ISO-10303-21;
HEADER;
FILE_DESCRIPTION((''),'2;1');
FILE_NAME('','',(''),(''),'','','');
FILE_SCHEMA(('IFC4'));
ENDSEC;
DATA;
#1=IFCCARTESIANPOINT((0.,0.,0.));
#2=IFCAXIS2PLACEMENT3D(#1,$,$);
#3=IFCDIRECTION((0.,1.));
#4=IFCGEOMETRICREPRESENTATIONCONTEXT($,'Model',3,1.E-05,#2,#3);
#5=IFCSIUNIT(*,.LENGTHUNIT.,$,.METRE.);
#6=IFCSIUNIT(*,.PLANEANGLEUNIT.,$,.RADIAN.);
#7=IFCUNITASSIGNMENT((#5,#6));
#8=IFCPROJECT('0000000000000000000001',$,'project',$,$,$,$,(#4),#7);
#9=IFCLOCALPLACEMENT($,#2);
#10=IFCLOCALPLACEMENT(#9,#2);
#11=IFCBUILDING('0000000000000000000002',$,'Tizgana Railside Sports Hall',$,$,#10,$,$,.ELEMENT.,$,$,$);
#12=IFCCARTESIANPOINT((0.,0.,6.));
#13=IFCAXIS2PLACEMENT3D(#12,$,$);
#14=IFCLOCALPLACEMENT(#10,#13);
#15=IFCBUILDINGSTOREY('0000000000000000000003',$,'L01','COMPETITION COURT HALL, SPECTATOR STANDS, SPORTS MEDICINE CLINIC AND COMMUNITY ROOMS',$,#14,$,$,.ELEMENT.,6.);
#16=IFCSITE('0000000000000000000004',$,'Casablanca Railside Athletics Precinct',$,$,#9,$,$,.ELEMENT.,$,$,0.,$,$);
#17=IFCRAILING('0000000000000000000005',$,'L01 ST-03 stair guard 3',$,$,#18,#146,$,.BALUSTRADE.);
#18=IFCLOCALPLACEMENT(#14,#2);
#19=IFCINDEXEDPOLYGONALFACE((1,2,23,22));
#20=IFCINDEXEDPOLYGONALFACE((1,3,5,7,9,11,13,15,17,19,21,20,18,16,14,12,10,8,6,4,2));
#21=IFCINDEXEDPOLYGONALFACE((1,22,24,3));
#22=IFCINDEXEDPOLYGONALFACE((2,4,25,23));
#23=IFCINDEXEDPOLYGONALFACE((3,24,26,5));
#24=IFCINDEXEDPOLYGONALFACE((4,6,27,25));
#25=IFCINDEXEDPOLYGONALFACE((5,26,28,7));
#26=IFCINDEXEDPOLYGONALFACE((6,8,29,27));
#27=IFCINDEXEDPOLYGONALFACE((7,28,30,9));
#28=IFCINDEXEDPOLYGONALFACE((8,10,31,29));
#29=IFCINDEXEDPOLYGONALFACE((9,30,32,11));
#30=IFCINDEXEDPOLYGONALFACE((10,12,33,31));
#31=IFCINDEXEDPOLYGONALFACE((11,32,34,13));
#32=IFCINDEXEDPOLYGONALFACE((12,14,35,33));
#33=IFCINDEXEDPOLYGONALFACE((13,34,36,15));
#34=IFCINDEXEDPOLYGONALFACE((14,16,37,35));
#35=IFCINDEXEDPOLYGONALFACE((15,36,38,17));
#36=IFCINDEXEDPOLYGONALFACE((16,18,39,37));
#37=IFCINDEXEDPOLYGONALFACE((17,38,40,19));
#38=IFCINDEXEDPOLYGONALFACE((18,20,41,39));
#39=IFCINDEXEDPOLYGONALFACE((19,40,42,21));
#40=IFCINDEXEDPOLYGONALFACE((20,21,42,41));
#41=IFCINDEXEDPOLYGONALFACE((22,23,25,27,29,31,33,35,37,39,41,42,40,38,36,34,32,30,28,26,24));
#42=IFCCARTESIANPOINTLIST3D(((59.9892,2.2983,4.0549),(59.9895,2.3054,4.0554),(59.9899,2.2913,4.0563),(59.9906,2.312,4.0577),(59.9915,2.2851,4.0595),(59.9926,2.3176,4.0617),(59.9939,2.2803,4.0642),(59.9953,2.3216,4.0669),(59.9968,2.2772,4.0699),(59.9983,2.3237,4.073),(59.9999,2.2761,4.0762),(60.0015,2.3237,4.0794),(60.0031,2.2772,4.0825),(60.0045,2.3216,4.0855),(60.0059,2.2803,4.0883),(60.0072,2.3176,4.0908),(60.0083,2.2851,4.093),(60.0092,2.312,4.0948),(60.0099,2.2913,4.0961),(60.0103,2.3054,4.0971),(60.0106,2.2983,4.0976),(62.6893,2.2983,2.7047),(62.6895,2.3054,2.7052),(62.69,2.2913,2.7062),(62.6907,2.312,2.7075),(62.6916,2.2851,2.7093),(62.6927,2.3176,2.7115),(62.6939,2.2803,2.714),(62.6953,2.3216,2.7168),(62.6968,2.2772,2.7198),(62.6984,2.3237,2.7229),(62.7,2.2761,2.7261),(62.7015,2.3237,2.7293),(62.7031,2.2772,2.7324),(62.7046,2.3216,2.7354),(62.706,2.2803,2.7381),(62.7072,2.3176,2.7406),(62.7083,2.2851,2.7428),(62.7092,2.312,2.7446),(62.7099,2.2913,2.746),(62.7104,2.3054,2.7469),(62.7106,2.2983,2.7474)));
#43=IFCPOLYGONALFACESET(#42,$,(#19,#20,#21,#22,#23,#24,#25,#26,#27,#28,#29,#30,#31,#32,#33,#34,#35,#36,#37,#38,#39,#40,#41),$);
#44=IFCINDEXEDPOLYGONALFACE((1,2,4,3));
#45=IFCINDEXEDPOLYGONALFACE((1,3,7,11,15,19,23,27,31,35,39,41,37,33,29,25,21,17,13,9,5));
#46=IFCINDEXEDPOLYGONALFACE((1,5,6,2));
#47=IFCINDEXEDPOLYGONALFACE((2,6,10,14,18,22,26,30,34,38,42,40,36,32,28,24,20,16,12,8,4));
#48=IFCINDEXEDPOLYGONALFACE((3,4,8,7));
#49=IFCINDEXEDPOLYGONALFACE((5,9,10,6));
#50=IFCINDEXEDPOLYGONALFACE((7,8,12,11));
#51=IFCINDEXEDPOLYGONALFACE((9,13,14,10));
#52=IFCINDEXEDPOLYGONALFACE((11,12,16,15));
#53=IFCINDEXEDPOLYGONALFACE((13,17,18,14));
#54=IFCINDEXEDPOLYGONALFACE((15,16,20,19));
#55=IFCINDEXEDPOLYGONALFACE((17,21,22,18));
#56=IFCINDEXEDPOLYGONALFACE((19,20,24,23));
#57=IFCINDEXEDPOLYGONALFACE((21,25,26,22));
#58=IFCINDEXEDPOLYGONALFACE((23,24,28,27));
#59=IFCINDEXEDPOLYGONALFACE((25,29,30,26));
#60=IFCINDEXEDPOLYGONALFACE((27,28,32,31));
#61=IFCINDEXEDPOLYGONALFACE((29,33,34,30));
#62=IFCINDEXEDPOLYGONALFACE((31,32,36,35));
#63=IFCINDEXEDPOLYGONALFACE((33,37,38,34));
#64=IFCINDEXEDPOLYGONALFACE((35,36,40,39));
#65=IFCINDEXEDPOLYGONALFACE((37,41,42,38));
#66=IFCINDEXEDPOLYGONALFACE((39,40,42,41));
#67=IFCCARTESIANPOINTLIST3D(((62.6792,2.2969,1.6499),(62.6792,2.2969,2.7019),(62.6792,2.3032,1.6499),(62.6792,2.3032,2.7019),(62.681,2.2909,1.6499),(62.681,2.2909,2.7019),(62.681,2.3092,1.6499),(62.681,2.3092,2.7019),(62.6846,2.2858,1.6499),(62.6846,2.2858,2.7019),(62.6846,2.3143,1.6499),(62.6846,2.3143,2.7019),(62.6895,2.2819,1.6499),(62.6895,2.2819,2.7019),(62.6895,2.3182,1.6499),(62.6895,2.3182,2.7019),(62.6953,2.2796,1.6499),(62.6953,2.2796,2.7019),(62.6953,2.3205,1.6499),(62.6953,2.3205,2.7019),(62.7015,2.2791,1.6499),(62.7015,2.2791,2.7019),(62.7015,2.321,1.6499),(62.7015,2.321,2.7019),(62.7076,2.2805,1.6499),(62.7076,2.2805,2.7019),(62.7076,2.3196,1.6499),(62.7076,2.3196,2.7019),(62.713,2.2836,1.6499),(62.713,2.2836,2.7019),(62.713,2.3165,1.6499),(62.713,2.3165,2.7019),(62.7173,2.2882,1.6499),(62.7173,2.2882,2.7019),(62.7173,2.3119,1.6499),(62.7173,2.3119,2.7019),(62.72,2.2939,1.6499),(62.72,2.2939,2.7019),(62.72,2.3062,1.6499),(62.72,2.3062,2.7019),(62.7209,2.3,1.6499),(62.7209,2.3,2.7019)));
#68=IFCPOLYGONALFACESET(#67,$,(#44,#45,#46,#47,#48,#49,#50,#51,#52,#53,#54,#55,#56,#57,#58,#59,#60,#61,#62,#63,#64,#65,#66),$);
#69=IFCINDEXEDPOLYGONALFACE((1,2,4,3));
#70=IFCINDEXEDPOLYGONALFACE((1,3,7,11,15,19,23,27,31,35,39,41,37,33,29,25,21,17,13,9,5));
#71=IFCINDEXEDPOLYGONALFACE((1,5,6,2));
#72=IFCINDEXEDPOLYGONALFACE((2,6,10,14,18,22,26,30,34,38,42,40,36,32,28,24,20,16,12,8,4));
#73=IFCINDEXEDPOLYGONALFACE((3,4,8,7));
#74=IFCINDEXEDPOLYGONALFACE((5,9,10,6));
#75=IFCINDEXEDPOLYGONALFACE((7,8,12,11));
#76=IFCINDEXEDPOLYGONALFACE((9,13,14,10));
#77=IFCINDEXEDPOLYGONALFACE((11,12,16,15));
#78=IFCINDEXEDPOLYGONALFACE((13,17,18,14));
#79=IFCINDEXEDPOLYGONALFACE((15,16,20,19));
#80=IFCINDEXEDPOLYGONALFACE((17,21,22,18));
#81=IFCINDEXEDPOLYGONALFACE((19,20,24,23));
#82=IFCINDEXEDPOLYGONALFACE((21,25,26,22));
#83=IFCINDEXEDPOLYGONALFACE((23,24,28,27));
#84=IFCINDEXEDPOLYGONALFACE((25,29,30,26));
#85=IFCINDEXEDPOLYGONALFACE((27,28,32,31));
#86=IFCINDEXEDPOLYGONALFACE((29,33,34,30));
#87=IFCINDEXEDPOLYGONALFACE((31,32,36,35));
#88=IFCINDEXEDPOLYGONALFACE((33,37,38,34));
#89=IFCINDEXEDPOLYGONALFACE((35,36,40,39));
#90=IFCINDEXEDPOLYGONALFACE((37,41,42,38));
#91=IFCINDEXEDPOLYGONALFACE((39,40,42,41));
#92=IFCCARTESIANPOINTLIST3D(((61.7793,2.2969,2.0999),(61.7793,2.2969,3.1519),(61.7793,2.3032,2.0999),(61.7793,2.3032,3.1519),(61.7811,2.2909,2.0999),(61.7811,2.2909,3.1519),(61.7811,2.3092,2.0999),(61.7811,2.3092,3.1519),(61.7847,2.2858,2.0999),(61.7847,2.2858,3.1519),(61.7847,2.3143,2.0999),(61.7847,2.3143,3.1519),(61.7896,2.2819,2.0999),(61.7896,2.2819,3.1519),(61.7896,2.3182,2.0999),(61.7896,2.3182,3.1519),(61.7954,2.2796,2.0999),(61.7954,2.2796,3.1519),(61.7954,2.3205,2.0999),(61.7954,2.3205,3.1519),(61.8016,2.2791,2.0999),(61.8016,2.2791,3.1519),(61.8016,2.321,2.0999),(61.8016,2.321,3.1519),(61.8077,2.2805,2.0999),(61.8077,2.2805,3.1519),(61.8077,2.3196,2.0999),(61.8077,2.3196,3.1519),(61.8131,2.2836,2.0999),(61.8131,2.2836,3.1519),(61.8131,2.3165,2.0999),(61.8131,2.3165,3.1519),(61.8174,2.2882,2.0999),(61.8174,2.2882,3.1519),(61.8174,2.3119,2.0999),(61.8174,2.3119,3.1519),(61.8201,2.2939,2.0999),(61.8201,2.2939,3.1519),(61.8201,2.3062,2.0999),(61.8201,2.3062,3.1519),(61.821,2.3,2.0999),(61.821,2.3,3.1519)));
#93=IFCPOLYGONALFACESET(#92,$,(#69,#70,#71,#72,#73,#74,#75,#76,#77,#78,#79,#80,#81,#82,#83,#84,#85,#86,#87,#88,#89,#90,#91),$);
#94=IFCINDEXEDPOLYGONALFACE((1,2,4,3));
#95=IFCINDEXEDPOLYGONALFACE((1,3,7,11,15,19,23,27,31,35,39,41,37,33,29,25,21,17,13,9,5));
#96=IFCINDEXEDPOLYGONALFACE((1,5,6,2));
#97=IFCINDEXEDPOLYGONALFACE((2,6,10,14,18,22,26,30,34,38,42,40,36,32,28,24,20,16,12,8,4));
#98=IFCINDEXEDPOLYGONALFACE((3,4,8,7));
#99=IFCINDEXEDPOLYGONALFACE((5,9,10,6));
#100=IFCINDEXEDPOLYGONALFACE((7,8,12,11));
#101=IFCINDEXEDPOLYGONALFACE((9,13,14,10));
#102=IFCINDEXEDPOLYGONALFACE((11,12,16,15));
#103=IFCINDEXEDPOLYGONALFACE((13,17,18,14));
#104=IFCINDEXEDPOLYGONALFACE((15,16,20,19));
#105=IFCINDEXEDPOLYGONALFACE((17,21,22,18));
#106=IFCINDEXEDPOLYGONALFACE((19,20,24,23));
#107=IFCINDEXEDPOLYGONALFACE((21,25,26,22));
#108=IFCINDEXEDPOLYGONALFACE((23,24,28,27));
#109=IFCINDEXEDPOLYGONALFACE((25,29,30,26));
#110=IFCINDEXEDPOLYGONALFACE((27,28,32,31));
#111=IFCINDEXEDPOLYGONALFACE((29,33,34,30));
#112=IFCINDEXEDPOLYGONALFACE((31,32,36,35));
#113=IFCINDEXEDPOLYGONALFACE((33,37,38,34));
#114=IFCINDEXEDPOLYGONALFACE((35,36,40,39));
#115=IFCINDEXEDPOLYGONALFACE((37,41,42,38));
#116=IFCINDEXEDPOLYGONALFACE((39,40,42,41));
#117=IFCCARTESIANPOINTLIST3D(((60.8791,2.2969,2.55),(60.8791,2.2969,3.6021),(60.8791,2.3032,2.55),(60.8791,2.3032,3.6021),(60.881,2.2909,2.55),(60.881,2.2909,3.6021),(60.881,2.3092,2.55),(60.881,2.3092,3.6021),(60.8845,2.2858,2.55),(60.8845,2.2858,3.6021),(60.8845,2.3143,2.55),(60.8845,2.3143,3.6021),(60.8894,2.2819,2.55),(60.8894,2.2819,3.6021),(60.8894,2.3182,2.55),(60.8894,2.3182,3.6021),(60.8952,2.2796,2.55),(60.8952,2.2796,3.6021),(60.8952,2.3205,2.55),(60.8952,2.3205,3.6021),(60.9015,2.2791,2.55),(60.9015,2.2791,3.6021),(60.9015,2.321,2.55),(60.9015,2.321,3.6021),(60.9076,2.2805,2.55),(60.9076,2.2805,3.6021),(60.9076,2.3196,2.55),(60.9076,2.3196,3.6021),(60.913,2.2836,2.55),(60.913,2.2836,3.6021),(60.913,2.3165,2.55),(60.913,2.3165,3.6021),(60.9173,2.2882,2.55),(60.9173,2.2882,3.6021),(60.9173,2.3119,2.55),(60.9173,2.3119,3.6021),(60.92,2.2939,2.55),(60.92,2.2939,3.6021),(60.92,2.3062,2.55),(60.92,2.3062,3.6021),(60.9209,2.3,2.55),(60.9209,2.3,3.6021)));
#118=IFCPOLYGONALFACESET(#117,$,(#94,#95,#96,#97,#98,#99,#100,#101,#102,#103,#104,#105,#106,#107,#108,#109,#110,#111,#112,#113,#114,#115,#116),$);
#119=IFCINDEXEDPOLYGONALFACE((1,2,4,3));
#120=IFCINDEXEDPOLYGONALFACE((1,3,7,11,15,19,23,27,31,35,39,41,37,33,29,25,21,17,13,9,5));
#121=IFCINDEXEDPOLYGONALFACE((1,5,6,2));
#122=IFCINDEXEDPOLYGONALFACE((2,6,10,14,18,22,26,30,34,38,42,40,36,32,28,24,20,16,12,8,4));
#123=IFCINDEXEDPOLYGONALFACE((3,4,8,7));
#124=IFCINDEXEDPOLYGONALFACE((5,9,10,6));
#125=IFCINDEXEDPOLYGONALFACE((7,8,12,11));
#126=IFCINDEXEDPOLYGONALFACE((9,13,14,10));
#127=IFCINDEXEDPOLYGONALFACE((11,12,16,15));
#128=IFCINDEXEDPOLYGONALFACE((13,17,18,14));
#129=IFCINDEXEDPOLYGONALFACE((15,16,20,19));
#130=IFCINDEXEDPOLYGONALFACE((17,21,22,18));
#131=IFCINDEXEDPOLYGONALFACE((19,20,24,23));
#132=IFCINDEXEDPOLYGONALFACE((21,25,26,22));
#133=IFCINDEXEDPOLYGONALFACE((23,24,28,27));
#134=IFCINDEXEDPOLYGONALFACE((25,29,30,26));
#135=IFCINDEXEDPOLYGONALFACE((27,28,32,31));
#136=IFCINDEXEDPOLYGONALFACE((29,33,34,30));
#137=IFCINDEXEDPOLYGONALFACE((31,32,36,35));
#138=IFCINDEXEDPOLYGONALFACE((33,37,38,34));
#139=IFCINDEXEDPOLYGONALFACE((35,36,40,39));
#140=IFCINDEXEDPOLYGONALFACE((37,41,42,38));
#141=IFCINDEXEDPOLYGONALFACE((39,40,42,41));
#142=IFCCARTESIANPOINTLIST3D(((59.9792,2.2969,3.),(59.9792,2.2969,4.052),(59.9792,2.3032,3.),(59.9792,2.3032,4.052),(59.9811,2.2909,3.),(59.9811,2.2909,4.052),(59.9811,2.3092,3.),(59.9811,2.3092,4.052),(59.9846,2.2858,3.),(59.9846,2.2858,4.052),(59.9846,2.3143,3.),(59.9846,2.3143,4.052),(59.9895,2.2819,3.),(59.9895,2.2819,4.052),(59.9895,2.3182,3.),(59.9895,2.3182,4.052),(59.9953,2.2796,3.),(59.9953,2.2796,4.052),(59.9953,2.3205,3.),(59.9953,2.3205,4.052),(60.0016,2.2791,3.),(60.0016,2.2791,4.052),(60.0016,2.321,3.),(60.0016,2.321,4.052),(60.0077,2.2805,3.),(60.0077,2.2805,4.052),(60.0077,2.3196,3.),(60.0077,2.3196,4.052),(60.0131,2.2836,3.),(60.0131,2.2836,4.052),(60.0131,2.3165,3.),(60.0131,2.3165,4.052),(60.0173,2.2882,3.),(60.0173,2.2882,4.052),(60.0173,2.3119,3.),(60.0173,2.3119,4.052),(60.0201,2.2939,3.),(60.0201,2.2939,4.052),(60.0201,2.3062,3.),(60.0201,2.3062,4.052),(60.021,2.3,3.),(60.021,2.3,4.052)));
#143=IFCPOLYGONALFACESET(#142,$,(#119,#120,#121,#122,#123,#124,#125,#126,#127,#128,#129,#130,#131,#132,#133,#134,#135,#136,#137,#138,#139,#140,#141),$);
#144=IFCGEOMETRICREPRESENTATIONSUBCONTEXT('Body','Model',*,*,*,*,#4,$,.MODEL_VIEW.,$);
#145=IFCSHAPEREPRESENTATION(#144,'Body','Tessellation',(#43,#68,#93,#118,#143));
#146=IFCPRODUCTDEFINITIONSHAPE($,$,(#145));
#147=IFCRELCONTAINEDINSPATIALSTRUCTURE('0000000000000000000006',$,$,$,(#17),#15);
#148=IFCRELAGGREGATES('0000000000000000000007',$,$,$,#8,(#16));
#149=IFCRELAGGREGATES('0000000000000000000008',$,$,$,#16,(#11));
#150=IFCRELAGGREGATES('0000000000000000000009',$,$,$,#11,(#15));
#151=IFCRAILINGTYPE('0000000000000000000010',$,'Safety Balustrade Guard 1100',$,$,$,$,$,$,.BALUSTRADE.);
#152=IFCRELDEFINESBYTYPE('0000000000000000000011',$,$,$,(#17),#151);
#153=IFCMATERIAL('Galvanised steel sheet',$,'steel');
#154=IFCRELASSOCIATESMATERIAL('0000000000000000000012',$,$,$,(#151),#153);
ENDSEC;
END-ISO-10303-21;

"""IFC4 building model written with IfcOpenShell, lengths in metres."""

from ifc_helpers import new_model, si_unit, direction, frame, origin, origin_2d, place, context, subcontext, project, spatial, circle, extrude, material, type_object, element, save


model = new_model("IFC4")

# Units and contexts
model_context = context("Model", 3, precision=1e-05, world=origin(), true_north=direction((0.0, 1.0)))
body_context = subcontext(model_context, "Body", "Model", "MODEL_VIEW")
ifc_project = project(units=[si_unit("LENGTHUNIT", "METRE"), si_unit("PLANEANGLEUNIT", "RADIAN")], contexts=[model_context])

# Site, building, storey
site_placement = place(None, origin())
site = spatial("IfcSite", under=ifc_project, at=site_placement, Name="Casablanca Railside Athletics Precinct", CompositionType="ELEMENT", RefElevation=0.0)
building_placement = place(site_placement, origin())
building = spatial("IfcBuilding", under=site, at=building_placement, Name="Tizgana Railside Sports Hall", CompositionType="ELEMENT")
storey_placement = place(building_placement, frame((0.0, 0.0, 6.0)))
storey = spatial("IfcBuildingStorey", under=building, at=storey_placement, Name="L01", Description="COMPETITION COURT HALL, SPECTATOR STANDS, SPORTS MEDICINE CLINIC AND COMMUNITY ROOMS", CompositionType="ELEMENT", Elevation=6.0)

# Railing
ifc_material_1 = material(Name="Galvanised steel sheet", Category="steel")
railing_type_1 = type_object("IfcRailingType", Name="Safety Balustrade Guard 1100", PredefinedType="BALUSTRADE", material=ifc_material_1)
railing_1_placement = place(storey_placement, frame((62.7, 2.3, 1.6499)))
element("IfcRailing", 1, at=railing_1_placement, inside=storey, type_object=railing_type_1, Name="L01 ST-03 stair guard 3", PredefinedType="BALUSTRADE", context=body_context, shape_type="SweptSolid", body=[
    extrude(circle(Radius=0.0239, at=origin_2d()), frame((0.0, 0.0, 1.0762), z_axis=(-0.894411, 0.0, 0.447246), x_axis=(0.0, -1.0, 0.0)), (0.0, 0.0, 1.0), 3.0188),
    extrude(circle(Radius=0.021, at=origin_2d()), origin(), (0.0, 0.0, 1.0), 1.052),
    extrude(circle(Radius=0.021, at=origin_2d()), frame((-0.8999, 0.0, 0.45)), (0.0, 0.0, 1.0), 1.052),
    extrude(circle(Radius=0.021, at=origin_2d()), frame((-1.8, 0.0, 0.9001)), (0.0, 0.0, 1.0), 1.052),
    extrude(circle(Radius=0.021, at=origin_2d()), frame((-2.7, 0.0, 1.3501)), (0.0, 0.0, 1.0), 1.052),
])

save(model, "model.ifc")
